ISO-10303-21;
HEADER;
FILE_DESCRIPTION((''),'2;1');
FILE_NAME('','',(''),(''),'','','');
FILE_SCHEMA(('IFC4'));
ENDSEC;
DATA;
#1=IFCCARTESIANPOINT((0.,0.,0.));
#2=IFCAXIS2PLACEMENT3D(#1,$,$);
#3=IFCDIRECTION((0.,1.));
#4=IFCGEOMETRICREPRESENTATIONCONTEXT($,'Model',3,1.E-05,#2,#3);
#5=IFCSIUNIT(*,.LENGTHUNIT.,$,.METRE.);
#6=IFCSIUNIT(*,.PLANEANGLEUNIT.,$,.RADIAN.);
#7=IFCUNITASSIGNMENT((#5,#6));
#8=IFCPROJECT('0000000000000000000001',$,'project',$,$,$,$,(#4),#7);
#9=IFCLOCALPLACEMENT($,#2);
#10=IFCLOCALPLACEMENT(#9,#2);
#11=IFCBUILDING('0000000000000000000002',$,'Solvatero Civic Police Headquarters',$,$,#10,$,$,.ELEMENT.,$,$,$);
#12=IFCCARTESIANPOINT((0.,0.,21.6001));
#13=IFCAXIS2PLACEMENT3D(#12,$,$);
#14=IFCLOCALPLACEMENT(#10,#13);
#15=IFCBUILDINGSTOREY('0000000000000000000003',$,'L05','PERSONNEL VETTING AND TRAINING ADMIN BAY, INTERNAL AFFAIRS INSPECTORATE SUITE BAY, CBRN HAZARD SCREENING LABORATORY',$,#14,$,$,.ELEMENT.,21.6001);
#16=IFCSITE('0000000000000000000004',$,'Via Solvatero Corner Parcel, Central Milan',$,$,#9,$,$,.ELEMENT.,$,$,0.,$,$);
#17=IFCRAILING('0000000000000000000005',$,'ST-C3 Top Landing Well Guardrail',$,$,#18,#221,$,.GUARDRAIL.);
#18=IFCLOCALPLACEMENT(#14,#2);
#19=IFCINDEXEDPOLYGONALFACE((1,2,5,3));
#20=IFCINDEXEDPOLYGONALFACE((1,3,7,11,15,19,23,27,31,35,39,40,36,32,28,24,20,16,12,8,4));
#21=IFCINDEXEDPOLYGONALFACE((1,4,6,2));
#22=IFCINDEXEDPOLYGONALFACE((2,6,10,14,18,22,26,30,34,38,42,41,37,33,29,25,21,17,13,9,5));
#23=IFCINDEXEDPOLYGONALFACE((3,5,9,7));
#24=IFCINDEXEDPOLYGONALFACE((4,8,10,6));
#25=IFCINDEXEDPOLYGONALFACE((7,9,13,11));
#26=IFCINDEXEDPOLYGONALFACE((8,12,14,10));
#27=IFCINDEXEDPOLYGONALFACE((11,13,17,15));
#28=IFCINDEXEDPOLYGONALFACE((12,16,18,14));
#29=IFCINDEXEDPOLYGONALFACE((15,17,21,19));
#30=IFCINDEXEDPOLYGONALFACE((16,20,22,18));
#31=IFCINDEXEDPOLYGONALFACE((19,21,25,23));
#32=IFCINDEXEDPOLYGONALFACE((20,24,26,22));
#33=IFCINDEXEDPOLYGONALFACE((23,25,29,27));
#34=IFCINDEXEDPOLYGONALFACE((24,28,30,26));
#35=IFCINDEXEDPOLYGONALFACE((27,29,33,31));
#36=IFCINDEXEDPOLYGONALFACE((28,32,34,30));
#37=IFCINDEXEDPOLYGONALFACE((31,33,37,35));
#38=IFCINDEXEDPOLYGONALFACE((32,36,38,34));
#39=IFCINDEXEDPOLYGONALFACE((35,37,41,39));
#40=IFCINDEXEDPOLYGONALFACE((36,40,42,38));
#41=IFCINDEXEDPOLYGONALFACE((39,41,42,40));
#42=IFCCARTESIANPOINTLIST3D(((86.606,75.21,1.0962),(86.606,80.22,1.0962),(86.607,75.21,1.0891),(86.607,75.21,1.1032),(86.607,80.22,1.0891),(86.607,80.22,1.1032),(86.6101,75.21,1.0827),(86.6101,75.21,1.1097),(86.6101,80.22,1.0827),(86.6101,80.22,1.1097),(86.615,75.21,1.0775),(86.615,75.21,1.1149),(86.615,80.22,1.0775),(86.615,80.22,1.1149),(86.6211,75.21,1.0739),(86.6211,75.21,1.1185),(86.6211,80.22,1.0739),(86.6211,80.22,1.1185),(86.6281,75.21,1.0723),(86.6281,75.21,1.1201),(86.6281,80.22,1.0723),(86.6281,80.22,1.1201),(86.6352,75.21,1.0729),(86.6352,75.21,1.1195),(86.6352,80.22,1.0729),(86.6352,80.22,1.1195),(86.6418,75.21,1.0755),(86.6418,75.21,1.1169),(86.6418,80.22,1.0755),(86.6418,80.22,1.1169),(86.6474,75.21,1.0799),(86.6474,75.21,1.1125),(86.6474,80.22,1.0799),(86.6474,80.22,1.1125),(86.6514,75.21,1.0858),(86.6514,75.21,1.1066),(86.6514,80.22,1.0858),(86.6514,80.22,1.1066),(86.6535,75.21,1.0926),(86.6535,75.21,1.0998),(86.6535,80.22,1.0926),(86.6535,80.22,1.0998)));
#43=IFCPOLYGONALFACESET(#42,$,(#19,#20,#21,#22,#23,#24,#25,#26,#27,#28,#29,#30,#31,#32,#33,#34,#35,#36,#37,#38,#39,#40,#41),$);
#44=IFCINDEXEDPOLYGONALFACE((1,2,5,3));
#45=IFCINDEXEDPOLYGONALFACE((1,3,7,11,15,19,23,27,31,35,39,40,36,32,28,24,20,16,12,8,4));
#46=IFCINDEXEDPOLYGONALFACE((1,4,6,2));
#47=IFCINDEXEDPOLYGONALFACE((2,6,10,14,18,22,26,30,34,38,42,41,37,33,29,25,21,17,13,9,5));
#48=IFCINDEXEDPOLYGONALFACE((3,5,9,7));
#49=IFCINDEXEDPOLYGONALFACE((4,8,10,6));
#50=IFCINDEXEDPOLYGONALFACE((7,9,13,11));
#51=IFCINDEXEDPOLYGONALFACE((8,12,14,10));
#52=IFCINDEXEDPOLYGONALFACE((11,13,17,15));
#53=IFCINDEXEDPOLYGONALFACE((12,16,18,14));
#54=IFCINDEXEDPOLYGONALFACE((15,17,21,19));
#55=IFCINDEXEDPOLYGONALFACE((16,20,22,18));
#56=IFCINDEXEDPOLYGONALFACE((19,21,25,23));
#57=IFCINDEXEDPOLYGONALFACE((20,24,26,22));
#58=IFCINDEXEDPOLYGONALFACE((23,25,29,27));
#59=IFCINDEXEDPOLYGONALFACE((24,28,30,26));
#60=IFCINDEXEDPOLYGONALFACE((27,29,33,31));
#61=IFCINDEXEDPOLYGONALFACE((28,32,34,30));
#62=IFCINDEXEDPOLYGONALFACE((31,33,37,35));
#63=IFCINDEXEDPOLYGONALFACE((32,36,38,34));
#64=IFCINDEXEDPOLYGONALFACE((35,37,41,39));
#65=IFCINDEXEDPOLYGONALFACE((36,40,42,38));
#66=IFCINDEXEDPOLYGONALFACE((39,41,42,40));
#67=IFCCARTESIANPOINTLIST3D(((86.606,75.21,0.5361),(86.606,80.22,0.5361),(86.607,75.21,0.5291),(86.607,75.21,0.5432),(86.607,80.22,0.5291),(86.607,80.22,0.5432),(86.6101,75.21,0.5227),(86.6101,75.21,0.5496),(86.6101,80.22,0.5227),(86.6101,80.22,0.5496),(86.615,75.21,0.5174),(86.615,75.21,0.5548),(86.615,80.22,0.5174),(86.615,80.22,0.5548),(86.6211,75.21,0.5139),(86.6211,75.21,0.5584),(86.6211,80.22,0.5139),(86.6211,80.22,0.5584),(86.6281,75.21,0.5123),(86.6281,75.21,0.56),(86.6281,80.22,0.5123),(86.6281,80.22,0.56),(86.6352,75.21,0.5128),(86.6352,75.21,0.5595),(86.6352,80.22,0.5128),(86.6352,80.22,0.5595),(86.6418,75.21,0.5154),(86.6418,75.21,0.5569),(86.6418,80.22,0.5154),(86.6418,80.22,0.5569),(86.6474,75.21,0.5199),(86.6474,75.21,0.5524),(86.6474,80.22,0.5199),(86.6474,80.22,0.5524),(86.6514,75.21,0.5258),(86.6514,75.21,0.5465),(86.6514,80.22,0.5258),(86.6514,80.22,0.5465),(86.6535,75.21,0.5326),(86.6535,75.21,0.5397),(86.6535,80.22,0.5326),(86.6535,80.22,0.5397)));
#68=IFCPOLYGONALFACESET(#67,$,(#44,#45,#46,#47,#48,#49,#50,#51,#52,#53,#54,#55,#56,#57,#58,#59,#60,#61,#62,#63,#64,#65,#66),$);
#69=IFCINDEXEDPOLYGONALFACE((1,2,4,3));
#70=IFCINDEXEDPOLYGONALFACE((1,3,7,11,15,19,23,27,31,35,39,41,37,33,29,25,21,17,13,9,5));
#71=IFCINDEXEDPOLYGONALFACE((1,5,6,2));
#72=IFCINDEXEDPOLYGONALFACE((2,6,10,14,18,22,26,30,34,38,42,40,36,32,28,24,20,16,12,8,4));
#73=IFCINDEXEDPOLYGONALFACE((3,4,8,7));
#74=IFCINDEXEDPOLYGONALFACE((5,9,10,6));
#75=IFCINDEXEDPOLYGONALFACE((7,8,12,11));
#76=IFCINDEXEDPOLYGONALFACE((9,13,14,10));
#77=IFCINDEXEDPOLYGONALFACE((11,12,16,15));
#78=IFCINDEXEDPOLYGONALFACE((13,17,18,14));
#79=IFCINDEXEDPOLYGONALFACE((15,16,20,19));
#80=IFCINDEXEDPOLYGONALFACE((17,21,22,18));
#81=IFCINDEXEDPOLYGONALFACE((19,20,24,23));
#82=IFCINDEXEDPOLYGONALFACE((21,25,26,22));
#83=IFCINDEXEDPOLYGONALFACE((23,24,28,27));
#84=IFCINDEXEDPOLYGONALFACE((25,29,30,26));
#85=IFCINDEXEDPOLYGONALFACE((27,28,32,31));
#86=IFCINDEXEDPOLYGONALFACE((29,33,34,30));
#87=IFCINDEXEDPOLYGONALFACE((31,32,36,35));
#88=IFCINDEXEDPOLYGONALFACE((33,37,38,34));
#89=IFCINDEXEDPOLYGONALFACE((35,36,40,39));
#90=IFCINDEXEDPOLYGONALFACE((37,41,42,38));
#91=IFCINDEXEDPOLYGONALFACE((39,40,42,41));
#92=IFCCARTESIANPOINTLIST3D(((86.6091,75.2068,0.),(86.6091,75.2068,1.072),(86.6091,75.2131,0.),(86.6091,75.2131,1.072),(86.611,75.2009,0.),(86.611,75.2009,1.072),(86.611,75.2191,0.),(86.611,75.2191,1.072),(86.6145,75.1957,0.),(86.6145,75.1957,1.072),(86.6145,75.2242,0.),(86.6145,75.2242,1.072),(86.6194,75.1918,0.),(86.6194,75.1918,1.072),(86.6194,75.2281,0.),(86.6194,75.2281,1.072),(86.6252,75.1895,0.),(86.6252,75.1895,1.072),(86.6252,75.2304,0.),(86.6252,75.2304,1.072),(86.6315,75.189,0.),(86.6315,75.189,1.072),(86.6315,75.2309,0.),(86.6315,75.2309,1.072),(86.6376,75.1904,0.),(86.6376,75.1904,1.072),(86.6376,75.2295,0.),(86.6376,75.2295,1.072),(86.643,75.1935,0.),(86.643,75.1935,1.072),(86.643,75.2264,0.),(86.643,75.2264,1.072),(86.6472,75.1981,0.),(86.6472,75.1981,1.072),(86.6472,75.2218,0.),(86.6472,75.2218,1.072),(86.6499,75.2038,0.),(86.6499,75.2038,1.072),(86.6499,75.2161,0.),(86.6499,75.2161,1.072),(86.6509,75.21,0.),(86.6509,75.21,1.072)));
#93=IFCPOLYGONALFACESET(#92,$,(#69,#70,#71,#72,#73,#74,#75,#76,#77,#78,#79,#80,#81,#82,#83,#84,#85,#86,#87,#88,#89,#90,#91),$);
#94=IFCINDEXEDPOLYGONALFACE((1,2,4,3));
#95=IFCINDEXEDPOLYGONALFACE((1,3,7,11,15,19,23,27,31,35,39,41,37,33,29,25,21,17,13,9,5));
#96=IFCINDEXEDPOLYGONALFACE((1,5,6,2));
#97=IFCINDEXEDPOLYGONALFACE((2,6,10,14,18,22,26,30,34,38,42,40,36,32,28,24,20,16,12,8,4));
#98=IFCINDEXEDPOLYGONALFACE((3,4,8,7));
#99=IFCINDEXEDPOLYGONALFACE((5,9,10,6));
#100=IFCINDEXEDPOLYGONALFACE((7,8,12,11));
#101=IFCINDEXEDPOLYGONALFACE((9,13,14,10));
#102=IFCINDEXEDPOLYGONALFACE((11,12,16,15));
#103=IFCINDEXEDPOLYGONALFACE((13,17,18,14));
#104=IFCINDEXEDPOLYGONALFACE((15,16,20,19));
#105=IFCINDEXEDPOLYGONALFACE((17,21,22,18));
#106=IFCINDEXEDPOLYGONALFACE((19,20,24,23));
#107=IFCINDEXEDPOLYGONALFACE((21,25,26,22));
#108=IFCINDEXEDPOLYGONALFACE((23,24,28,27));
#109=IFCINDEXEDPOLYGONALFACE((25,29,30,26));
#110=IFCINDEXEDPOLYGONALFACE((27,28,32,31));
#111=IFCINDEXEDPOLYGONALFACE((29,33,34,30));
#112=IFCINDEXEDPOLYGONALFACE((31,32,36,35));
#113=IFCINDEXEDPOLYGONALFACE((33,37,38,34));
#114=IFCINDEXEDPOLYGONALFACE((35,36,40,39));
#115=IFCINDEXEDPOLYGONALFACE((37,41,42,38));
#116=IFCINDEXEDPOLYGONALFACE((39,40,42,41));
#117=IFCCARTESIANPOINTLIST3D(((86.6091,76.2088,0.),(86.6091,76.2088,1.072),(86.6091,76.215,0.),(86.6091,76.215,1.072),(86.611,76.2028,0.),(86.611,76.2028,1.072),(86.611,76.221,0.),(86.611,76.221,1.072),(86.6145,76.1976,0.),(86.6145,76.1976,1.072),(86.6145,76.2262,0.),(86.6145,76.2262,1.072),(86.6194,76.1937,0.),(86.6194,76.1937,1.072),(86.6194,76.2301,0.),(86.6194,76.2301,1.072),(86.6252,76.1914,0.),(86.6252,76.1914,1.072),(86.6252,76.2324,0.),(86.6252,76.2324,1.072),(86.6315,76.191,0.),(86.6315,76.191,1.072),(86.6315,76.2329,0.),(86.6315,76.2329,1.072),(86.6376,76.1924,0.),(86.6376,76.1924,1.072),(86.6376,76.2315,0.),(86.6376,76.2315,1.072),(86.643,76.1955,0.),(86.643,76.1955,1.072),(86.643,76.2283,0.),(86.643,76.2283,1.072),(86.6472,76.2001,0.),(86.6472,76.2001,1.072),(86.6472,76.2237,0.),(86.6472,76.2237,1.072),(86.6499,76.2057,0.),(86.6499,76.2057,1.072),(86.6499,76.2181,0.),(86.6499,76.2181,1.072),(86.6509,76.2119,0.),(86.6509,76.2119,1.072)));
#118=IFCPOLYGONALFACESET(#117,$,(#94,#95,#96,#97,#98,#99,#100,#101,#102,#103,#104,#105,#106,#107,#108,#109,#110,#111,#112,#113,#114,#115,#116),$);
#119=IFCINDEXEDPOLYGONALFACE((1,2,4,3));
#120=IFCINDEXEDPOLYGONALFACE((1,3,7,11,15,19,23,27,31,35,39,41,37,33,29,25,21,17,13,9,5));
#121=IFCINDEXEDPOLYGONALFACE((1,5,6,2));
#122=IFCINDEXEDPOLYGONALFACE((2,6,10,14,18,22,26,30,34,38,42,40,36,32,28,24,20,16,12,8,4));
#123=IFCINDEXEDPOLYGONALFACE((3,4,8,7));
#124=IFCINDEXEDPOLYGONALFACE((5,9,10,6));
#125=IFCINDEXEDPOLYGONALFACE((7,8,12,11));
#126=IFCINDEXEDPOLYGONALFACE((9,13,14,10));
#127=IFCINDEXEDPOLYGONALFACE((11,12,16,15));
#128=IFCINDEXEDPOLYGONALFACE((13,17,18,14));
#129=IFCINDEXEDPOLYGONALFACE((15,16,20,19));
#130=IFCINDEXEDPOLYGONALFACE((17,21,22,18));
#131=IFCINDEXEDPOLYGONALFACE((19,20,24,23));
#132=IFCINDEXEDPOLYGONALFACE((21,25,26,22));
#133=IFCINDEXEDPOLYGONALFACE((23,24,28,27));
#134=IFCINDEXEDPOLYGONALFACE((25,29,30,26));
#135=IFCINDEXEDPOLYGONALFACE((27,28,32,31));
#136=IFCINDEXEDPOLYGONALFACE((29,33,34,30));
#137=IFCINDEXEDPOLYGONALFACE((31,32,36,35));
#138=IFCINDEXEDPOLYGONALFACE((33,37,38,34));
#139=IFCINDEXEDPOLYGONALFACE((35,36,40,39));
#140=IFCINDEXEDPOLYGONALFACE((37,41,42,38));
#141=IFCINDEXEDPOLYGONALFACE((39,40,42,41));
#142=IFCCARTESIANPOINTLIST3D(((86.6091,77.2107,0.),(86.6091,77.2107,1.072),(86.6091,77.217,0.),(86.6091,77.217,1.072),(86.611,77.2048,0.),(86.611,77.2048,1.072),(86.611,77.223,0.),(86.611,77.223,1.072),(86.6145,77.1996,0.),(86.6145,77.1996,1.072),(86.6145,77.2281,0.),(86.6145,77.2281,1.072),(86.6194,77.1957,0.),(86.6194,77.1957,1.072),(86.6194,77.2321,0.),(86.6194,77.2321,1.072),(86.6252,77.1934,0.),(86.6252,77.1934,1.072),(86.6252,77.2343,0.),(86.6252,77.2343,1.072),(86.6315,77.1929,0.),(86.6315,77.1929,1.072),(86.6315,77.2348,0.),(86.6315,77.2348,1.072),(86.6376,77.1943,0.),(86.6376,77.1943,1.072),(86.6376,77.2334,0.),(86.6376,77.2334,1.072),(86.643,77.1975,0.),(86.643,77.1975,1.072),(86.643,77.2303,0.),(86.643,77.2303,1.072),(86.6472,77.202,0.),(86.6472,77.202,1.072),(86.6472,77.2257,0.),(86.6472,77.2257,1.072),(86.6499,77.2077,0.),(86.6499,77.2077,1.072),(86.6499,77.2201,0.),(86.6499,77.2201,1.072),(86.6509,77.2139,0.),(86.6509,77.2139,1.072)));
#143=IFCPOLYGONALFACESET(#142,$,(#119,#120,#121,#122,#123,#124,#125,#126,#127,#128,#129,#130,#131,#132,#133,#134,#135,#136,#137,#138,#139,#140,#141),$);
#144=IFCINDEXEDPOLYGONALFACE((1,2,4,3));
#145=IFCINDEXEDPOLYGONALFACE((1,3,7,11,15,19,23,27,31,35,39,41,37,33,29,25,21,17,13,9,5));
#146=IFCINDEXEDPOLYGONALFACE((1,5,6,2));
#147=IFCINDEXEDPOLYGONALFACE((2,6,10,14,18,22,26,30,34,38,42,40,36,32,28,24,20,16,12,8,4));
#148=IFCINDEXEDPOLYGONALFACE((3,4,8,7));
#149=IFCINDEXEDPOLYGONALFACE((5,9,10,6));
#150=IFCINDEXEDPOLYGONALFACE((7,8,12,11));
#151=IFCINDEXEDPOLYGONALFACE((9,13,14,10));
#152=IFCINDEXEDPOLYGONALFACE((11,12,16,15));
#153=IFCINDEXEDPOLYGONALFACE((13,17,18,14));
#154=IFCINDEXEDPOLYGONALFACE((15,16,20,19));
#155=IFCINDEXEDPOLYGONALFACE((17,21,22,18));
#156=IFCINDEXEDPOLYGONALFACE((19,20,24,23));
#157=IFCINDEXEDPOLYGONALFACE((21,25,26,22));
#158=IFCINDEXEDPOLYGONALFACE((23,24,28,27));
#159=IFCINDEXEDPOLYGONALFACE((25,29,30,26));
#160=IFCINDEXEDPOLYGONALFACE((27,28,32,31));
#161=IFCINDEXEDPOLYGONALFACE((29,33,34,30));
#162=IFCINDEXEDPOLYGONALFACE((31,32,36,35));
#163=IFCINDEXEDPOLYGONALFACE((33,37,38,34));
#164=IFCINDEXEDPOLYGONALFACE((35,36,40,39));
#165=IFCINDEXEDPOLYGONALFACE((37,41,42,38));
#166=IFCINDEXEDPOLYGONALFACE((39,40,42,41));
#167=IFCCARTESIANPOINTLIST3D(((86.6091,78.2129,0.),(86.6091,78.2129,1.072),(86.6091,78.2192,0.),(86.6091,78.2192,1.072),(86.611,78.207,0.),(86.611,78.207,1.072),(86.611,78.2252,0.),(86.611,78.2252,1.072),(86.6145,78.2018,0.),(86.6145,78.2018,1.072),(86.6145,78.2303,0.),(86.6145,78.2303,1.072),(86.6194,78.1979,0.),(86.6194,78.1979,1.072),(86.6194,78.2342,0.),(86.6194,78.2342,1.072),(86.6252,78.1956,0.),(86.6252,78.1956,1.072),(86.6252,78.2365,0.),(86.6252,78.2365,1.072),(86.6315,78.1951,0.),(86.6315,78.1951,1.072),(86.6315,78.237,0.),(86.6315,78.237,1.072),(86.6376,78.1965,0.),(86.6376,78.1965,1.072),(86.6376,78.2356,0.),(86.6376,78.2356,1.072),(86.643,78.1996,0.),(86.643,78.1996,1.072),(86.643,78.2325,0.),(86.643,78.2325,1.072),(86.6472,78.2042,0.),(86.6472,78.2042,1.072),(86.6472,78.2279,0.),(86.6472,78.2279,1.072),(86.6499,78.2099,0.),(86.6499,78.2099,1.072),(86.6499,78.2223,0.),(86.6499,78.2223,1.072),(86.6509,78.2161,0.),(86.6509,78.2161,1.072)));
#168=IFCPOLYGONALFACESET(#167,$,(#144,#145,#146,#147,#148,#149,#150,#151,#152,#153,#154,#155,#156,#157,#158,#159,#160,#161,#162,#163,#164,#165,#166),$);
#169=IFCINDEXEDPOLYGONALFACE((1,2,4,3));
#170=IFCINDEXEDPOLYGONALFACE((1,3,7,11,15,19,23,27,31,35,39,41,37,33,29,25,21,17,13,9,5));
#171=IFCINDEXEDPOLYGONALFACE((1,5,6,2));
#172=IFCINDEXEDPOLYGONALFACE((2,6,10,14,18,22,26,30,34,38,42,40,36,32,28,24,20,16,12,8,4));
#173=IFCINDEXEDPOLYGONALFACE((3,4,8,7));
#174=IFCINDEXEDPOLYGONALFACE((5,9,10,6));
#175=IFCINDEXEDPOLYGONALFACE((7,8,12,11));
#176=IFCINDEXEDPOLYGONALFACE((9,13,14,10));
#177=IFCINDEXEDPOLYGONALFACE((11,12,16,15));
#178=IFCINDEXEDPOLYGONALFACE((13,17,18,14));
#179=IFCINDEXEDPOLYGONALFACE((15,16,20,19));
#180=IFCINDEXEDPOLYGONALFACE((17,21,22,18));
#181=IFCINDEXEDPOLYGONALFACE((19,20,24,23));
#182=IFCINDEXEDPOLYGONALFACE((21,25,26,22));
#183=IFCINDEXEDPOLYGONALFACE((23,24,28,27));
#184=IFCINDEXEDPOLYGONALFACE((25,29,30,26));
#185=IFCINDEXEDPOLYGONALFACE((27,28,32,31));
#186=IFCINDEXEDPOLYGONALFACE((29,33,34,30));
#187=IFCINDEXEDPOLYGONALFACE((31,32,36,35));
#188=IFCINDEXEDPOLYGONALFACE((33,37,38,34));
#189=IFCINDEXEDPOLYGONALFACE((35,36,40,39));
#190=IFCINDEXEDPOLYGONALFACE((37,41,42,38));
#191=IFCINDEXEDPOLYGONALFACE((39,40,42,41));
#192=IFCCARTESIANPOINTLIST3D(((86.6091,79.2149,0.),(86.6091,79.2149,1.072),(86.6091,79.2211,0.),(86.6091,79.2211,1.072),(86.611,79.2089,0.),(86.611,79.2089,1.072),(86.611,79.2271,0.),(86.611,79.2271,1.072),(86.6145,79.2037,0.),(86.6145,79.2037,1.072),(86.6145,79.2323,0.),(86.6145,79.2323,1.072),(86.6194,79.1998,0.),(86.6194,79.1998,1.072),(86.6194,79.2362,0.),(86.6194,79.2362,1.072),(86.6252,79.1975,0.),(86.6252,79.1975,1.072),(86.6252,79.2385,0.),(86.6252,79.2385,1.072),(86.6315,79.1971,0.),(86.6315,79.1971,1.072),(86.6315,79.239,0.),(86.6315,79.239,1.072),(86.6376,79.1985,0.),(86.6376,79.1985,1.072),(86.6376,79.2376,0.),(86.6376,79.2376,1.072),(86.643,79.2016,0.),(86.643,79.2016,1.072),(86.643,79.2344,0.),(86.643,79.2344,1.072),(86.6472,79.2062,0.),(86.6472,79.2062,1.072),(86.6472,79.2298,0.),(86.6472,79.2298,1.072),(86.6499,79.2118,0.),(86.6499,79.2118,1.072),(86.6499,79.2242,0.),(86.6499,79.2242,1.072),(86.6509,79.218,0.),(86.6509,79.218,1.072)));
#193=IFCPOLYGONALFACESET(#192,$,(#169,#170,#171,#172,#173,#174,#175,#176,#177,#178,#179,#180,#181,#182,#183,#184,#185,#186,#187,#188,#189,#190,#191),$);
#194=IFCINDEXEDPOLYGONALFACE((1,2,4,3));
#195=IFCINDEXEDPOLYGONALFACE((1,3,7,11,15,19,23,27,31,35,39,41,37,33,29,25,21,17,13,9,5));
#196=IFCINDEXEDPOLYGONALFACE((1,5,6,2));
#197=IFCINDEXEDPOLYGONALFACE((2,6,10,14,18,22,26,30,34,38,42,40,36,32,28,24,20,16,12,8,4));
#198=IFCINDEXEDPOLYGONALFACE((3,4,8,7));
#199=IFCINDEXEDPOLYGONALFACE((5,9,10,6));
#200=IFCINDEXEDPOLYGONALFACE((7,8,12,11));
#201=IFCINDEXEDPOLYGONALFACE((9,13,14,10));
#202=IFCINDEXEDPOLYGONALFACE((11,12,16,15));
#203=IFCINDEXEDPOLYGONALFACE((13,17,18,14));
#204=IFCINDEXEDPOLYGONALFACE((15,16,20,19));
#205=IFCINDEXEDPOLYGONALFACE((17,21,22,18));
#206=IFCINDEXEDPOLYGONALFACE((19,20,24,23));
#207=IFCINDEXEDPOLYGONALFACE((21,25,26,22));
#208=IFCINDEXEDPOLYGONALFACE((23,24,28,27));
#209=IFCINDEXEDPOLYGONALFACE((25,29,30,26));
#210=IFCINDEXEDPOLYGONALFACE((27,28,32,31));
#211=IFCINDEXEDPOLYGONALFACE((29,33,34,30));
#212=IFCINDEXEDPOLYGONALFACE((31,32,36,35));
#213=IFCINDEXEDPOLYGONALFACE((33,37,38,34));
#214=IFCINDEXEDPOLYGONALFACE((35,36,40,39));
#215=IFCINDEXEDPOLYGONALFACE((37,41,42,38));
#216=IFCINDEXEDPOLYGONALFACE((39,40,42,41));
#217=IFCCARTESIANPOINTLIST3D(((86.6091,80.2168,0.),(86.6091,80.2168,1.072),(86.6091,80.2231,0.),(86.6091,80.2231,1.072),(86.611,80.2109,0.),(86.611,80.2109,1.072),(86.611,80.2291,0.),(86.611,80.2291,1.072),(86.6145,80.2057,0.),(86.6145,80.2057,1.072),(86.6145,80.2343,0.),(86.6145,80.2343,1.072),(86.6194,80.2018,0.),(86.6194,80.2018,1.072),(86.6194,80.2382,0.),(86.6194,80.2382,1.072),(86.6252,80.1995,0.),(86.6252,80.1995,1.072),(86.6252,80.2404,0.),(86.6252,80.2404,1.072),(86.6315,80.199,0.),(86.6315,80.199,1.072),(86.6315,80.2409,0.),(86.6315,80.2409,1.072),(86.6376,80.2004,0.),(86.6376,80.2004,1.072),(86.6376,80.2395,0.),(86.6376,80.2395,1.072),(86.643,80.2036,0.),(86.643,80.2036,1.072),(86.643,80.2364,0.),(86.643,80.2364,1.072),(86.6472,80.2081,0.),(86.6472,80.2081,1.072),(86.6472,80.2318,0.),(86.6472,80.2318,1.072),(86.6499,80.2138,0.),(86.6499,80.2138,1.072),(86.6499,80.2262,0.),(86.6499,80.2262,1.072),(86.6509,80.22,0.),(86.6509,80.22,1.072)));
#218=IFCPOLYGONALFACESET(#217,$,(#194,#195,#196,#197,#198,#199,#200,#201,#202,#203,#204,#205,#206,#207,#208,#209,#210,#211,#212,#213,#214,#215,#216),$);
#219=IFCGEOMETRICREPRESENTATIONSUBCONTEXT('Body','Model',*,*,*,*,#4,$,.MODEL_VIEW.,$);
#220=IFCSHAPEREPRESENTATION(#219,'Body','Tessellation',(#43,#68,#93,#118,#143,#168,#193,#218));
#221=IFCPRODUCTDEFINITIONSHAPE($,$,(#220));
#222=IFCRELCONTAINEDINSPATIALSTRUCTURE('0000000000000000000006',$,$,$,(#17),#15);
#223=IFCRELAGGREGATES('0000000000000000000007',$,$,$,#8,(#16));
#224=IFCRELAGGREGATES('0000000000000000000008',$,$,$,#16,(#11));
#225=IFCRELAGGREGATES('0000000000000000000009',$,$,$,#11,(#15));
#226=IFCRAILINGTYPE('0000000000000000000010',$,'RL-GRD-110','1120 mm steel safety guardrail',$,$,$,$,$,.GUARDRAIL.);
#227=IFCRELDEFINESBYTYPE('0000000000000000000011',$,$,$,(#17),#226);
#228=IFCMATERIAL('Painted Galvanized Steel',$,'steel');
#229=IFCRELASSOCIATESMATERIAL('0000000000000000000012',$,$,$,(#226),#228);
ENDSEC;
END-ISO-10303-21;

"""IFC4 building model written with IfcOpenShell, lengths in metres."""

from ifc_helpers import new_model, si_unit, direction, frame, origin, origin_2d, place, context, subcontext, project, spatial, circle, extrude, material, type_object, element, save


model = new_model("IFC4")

# Units and contexts
model_context = context("Model", 3, precision=1e-05, world=origin(), true_north=direction((0.0, 1.0)))
body_context = subcontext(model_context, "Body", "Model", "MODEL_VIEW")
ifc_project = project(units=[si_unit("LENGTHUNIT", "METRE"), si_unit("PLANEANGLEUNIT", "RADIAN")], contexts=[model_context])

# Site, building, storey
site_placement = place(None, origin())
site = spatial("IfcSite", under=ifc_project, at=site_placement, Name="Via Solvatero Corner Parcel, Central Milan", CompositionType="ELEMENT", RefElevation=0.0)
building_placement = place(site_placement, origin())
building = spatial("IfcBuilding", under=site, at=building_placement, Name="Solvatero Civic Police Headquarters", CompositionType="ELEMENT")
storey_placement = place(building_placement, frame((0.0, 0.0, 21.6001)))
storey = spatial("IfcBuildingStorey", under=building, at=storey_placement, Name="L05", Description="PERSONNEL VETTING AND TRAINING ADMIN BAY, INTERNAL AFFAIRS INSPECTORATE SUITE BAY, CBRN HAZARD SCREENING LABORATORY", CompositionType="ELEMENT", Elevation=21.6001)

# Railing
ifc_material_1 = material(Name="Painted Galvanized Steel", Category="steel")
railing_type = type_object("IfcRailingType", Name="RL-GRD-110", Description="1120 mm steel safety guardrail", PredefinedType="GUARDRAIL", material=ifc_material_1)
railing_1_placement = place(storey_placement, frame((86.6299, 75.21, 0.0)))
element("IfcRailing", 1, at=railing_1_placement, inside=storey, type_object=railing_type, Name="ST-C3 Top Landing Well Guardrail", PredefinedType="GUARDRAIL", context=body_context, shape_type="SweptSolid", body=[
    extrude(circle(Radius=0.0239, at=origin_2d()), frame((0.0, 0.0, 1.0962), z_axis=(0.0, 1.0, 0.0), x_axis=(-1.0, 0.0, 0.0)), (0.0, 0.0, 1.0), 5.01),
    extrude(circle(Radius=0.0239, at=origin_2d()), frame((0.0, 0.0, 0.5361), z_axis=(0.0, 1.0, 0.0), x_axis=(-1.0, 0.0, 0.0)), (0.0, 0.0, 1.0), 5.01),
    extrude(circle(Radius=0.021, at=origin_2d()), origin(), (0.0, 0.0, 1.0), 1.072),
    extrude(circle(Radius=0.021, at=origin_2d()), frame((0.0, 1.002, 0.0)), (0.0, 0.0, 1.0), 1.072),
    extrude(circle(Radius=0.021, at=origin_2d()), frame((0.0, 2.0039, 0.0)), (0.0, 0.0, 1.0), 1.072),
    extrude(circle(Radius=0.021, at=origin_2d()), frame((0.0, 3.0061, 0.0)), (0.0, 0.0, 1.0), 1.072),
    extrude(circle(Radius=0.021, at=origin_2d()), frame((0.0, 4.0081, 0.0)), (0.0, 0.0, 1.0), 1.072),
    extrude(circle(Radius=0.021, at=origin_2d()), frame((0.0, 5.01, 0.0)), (0.0, 0.0, 1.0), 1.072),
])

save(model, "model.ifc")
